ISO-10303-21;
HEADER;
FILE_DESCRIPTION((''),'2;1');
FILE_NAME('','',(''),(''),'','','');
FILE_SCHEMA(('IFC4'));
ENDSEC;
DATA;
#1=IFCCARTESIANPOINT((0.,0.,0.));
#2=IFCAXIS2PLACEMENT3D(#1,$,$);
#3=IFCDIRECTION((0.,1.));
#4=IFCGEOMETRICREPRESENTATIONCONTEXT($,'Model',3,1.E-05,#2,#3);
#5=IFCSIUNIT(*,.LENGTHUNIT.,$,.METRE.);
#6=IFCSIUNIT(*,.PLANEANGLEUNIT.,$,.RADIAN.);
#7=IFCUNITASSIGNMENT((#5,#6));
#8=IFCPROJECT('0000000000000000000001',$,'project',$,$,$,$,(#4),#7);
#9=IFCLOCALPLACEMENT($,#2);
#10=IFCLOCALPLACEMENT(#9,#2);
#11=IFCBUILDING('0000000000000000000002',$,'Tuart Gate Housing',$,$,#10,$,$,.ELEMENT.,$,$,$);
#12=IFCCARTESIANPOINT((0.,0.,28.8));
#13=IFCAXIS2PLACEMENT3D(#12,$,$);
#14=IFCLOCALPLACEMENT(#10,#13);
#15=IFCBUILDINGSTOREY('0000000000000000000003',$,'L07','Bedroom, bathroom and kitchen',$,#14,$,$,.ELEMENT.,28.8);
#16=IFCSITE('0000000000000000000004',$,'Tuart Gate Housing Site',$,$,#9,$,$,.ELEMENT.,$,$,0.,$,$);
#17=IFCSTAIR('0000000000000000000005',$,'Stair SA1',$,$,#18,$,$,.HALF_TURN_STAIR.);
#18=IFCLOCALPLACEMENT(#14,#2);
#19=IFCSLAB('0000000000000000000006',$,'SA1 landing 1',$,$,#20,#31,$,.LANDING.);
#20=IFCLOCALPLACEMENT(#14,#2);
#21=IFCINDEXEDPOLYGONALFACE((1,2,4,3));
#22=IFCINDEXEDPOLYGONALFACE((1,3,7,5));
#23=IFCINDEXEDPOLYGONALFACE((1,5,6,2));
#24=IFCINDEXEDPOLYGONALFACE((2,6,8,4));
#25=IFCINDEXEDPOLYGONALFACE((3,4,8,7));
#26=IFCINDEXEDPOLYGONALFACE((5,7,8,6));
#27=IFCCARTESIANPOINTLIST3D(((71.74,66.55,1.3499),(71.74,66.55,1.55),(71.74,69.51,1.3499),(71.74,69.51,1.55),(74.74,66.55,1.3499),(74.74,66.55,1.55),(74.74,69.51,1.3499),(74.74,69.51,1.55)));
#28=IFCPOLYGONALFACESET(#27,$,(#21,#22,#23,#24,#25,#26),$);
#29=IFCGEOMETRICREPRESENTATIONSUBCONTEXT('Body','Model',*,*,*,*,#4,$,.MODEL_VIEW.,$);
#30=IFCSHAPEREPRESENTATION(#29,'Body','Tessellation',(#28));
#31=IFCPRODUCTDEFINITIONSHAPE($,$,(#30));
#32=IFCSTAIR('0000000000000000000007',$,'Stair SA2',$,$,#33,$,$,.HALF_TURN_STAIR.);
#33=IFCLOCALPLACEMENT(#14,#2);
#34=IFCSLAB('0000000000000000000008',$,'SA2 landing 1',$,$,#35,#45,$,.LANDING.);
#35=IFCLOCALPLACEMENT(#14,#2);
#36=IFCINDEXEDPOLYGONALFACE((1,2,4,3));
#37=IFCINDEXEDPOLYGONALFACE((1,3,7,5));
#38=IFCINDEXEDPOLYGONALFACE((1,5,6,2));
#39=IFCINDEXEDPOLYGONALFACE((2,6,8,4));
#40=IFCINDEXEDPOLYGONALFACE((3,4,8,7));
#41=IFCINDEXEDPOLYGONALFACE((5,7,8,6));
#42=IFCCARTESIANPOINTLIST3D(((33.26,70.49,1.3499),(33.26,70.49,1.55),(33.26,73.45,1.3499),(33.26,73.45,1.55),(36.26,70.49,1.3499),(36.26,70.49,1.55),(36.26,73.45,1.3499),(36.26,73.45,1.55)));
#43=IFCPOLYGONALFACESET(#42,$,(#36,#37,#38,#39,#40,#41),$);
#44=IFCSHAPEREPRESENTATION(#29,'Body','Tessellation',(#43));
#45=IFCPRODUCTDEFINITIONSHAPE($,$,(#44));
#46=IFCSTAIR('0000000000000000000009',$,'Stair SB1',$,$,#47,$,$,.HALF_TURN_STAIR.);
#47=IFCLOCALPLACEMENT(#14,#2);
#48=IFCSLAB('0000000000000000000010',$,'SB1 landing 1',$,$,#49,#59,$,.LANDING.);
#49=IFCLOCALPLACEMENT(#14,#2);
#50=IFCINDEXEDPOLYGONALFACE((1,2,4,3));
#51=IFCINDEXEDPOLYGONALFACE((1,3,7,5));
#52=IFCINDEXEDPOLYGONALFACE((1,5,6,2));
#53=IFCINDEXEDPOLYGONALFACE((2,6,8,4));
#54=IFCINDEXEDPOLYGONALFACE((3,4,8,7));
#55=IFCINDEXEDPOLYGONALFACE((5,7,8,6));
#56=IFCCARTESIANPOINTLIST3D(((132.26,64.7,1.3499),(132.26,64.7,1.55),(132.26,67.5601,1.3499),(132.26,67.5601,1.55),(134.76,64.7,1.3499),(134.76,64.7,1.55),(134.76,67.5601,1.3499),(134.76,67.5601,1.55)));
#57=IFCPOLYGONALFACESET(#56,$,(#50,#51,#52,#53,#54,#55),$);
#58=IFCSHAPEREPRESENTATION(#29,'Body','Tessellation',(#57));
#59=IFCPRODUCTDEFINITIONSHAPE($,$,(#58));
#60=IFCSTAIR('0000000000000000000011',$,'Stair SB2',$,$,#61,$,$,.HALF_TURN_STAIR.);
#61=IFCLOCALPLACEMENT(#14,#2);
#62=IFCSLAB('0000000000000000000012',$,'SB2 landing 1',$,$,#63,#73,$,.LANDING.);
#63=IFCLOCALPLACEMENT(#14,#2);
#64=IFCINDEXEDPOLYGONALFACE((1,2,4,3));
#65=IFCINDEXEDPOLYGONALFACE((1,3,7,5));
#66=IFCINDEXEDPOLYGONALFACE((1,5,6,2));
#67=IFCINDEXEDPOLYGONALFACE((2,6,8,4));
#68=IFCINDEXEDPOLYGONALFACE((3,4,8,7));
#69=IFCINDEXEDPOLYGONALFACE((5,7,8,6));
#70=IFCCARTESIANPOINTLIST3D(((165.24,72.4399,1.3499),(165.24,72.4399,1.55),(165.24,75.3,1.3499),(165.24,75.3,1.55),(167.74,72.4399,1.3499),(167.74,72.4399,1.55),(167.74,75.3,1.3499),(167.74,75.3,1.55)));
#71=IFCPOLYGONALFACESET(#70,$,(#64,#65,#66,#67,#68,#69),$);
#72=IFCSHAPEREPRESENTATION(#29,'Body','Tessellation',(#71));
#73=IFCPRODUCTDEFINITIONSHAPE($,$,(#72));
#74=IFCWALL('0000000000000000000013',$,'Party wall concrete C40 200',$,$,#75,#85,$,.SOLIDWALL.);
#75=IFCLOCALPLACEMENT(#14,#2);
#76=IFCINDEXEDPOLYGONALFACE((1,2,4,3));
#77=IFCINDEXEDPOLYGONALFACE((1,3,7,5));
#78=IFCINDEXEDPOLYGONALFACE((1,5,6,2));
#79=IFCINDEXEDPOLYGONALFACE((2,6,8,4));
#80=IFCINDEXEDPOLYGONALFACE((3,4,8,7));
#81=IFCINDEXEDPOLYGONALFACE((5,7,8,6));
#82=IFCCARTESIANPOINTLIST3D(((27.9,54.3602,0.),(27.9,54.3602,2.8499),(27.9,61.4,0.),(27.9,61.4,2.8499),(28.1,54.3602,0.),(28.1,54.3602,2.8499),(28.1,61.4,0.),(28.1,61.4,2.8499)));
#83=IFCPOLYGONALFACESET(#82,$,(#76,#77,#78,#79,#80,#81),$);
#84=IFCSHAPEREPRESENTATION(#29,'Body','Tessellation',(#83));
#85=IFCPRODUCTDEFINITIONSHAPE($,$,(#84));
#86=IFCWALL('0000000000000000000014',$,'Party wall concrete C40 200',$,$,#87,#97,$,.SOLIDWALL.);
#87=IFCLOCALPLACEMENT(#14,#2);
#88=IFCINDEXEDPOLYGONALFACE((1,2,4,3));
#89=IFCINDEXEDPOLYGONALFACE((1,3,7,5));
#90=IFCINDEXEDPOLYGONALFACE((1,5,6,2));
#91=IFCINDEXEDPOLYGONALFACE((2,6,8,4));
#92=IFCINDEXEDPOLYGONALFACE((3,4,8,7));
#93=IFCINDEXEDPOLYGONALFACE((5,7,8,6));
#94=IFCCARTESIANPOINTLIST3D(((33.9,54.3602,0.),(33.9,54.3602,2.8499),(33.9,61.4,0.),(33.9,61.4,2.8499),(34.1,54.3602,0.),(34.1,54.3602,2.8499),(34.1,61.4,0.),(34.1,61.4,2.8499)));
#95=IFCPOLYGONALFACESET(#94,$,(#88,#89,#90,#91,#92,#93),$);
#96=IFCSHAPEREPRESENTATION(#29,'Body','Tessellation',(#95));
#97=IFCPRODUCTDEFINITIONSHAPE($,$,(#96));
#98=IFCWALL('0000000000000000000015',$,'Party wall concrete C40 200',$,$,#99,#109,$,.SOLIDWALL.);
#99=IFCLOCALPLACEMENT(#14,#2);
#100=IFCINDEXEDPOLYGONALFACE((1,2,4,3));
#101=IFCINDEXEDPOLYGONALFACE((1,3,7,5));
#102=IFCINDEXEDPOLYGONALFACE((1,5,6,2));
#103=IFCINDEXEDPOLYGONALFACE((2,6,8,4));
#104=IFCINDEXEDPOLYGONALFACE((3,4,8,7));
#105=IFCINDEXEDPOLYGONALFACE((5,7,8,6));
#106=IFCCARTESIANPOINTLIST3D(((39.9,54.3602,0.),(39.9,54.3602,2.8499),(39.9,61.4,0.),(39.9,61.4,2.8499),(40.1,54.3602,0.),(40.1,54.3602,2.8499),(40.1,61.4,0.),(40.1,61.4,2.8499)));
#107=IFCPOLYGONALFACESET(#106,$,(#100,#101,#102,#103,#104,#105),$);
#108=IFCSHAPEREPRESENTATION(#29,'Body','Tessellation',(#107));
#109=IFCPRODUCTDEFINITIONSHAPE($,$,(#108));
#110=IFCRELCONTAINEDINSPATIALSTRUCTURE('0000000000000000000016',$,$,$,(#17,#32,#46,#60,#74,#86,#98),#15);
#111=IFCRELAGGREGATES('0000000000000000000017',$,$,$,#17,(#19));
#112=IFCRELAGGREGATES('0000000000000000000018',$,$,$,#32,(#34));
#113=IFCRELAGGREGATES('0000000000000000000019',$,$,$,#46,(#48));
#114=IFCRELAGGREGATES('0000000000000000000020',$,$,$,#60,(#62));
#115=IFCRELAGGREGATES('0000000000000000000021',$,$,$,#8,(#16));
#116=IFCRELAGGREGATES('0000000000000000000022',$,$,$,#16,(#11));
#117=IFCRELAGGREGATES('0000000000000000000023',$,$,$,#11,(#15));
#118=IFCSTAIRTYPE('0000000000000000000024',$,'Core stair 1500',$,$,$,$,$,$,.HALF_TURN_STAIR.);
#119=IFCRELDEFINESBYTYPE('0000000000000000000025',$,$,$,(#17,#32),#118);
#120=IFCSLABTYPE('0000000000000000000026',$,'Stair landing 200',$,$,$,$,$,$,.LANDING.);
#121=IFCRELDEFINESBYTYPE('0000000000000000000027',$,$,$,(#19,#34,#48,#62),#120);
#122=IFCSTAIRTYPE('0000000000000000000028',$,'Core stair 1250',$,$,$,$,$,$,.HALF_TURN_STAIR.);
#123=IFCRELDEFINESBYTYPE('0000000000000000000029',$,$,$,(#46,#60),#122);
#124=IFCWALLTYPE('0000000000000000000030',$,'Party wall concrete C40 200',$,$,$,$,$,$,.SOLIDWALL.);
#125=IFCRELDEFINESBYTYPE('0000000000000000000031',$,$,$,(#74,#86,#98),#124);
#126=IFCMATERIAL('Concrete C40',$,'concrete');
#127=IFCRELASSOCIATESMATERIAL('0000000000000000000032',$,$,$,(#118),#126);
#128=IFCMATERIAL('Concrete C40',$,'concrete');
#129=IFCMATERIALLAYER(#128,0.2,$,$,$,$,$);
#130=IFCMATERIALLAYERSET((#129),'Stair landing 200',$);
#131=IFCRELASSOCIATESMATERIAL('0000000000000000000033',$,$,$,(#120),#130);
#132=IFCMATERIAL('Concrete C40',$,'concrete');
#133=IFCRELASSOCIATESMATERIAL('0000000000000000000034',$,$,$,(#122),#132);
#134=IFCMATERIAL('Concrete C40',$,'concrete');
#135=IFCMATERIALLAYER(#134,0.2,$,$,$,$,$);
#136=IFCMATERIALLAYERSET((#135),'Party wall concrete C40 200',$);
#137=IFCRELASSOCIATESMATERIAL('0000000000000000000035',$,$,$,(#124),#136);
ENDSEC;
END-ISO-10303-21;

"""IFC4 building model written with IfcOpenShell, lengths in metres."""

from ifc_helpers import new_model, si_unit, direction, frame, frame_2d, origin, place, context, subcontext, project, spatial, polyline, rectangle, outline, extrude, material, layer, layer_set, type_object, element, aggregate, save


model = new_model("IFC4")

# Units and contexts
model_context = context("Model", 3, precision=1e-05, world=origin(), true_north=direction((0.0, 1.0)))
body_context = subcontext(model_context, "Body", "Model", "MODEL_VIEW")
ifc_project = project(units=[si_unit("LENGTHUNIT", "METRE"), si_unit("PLANEANGLEUNIT", "RADIAN")], contexts=[model_context])

# Site, building, storey
site_placement = place(None, origin())
site = spatial("IfcSite", under=ifc_project, at=site_placement, Name="Tuart Gate Housing Site", CompositionType="ELEMENT", RefElevation=0.0)
building_placement = place(site_placement, origin())
building = spatial("IfcBuilding", under=site, at=building_placement, Name="Tuart Gate Housing", CompositionType="ELEMENT")
storey_placement = place(building_placement, frame((0.0, 0.0, 28.8)))
storey = spatial("IfcBuildingStorey", under=building, at=storey_placement, Name="L07", Description="Bedroom, bathroom and kitchen", CompositionType="ELEMENT", Elevation=28.8)

# Stairs, slabs
ifc_material_1 = material(Name="Concrete C40", Category="concrete")
stair_type_1 = type_object("IfcStairType", Name="Core stair 1500", PredefinedType="HALF_TURN_STAIR", material=ifc_material_1)
stair_1_placement = place(storey_placement, origin())
stair_1 = element("IfcStair", 1, at=stair_1_placement, inside=storey, type_object=stair_type_1, Name="Stair SA1", PredefinedType="HALF_TURN_STAIR")
ifc_material_2 = material(Name="Concrete C40", Category="concrete")
ifc_layer_1 = layer(ifc_material_2, 0.2)
ifc_layer_set_1 = layer_set([ifc_layer_1], Name="Stair landing 200")
slab_type_1 = type_object("IfcSlabType", Name="Stair landing 200", PredefinedType="LANDING", material=ifc_layer_set_1)
slab_1_placement = place(storey_placement, frame((0.0, 0.0, 1.3499)))
slab_1 = element("IfcSlab", 2, at=slab_1_placement, type_object=slab_type_1, Name="SA1 landing 1", PredefinedType="LANDING", context=body_context, shape_type="SweptSolid", body=[
    extrude(outline(polyline([(71.74, 66.55), (74.74, 66.55), (74.74, 69.51), (71.74, 69.51), (71.74, 66.55)])), origin(), (0.0, 0.0, 1.0), 0.2002),
])
aggregate(stair_1, [slab_1])
stair_2_placement = place(storey_placement, origin())
stair_2 = element("IfcStair", 3, at=stair_2_placement, inside=storey, type_object=stair_type_1, Name="Stair SA2", PredefinedType="HALF_TURN_STAIR")
slab_2_placement = place(storey_placement, frame((0.0, 0.0, 1.3499)))
slab_2 = element("IfcSlab", 4, at=slab_2_placement, type_object=slab_type_1, Name="SA2 landing 1", PredefinedType="LANDING", context=body_context, shape_type="SweptSolid", body=[
    extrude(outline(polyline([(36.26, 73.45), (33.26, 73.45), (33.26, 70.49), (36.26, 70.49), (36.26, 73.45)])), origin(), (0.0, 0.0, 1.0), 0.2002),
])
aggregate(stair_2, [slab_2])
ifc_material_3 = material(Name="Concrete C40", Category="concrete")
stair_type_2 = type_object("IfcStairType", Name="Core stair 1250", PredefinedType="HALF_TURN_STAIR", material=ifc_material_3)
stair_3_placement = place(storey_placement, origin())
stair_3 = element("IfcStair", 5, at=stair_3_placement, inside=storey, type_object=stair_type_2, Name="Stair SB1", PredefinedType="HALF_TURN_STAIR")
slab_3_placement = place(storey_placement, frame((0.0, 0.0, 1.3499)))
slab_3 = element("IfcSlab", 6, at=slab_3_placement, type_object=slab_type_1, Name="SB1 landing 1", PredefinedType="LANDING", context=body_context, shape_type="SweptSolid", body=[
    extrude(outline(polyline([(134.76, 67.5601), (132.26, 67.5601), (132.26, 64.7), (134.76, 64.7), (134.76, 67.5601)])), origin(), (0.0, 0.0, 1.0), 0.2002),
])
aggregate(stair_3, [slab_3])
stair_4_placement = place(storey_placement, origin())
stair_4 = element("IfcStair", 7, at=stair_4_placement, inside=storey, type_object=stair_type_2, Name="Stair SB2", PredefinedType="HALF_TURN_STAIR")
slab_4_placement = place(storey_placement, frame((0.0, 0.0, 1.3499)))
slab_4 = element("IfcSlab", 8, at=slab_4_placement, type_object=slab_type_1, Name="SB2 landing 1", PredefinedType="LANDING", context=body_context, shape_type="SweptSolid", body=[
    extrude(outline(polyline([(165.24, 72.4399), (167.74, 72.4399), (167.74, 75.3), (165.24, 75.3), (165.24, 72.4399)])), origin(), (0.0, 0.0, 1.0), 0.2002),
])
aggregate(stair_4, [slab_4])

# Walls
ifc_material_4 = material(Name="Concrete C40", Category="concrete")
ifc_layer_2 = layer(ifc_material_4, 0.2)
ifc_layer_set_2 = layer_set([ifc_layer_2], Name="Party wall concrete C40 200")
wall_type = type_object("IfcWallType", Name="Party wall concrete C40 200", PredefinedType="SOLIDWALL", material=ifc_layer_set_2)
for number, where, z_axis, x_axis, name in (
    (9, (28.0, 54.3601, 0.0), (0.0, 0.0, 1.0), (0.0, 1.0, 0.0), "Party wall concrete C40 200"),
    (10, (34.0, 54.3601, 0.0), (0.0, 0.0, 1.0), (0.0, 1.0, 0.0), "Party wall concrete C40 200"),
    (11, (40.0, 54.3601, 0.0), (0.0, 0.0, 1.0), (0.0, 1.0, 0.0), "Party wall concrete C40 200"),
):
    element("IfcWall", number, at=place(storey_placement, frame(where, z_axis=z_axis, x_axis=x_axis)), inside=storey, type_object=wall_type, Name=name, PredefinedType="SOLIDWALL", context=body_context, shape_type="SweptSolid", body=[
        extrude(rectangle(XDim=7.0398, YDim=0.2, at=frame_2d((3.52, 0.0))), origin(), (0.0, 0.0, 1.0), 2.8499),
    ])

save(model, "model.ifc")
